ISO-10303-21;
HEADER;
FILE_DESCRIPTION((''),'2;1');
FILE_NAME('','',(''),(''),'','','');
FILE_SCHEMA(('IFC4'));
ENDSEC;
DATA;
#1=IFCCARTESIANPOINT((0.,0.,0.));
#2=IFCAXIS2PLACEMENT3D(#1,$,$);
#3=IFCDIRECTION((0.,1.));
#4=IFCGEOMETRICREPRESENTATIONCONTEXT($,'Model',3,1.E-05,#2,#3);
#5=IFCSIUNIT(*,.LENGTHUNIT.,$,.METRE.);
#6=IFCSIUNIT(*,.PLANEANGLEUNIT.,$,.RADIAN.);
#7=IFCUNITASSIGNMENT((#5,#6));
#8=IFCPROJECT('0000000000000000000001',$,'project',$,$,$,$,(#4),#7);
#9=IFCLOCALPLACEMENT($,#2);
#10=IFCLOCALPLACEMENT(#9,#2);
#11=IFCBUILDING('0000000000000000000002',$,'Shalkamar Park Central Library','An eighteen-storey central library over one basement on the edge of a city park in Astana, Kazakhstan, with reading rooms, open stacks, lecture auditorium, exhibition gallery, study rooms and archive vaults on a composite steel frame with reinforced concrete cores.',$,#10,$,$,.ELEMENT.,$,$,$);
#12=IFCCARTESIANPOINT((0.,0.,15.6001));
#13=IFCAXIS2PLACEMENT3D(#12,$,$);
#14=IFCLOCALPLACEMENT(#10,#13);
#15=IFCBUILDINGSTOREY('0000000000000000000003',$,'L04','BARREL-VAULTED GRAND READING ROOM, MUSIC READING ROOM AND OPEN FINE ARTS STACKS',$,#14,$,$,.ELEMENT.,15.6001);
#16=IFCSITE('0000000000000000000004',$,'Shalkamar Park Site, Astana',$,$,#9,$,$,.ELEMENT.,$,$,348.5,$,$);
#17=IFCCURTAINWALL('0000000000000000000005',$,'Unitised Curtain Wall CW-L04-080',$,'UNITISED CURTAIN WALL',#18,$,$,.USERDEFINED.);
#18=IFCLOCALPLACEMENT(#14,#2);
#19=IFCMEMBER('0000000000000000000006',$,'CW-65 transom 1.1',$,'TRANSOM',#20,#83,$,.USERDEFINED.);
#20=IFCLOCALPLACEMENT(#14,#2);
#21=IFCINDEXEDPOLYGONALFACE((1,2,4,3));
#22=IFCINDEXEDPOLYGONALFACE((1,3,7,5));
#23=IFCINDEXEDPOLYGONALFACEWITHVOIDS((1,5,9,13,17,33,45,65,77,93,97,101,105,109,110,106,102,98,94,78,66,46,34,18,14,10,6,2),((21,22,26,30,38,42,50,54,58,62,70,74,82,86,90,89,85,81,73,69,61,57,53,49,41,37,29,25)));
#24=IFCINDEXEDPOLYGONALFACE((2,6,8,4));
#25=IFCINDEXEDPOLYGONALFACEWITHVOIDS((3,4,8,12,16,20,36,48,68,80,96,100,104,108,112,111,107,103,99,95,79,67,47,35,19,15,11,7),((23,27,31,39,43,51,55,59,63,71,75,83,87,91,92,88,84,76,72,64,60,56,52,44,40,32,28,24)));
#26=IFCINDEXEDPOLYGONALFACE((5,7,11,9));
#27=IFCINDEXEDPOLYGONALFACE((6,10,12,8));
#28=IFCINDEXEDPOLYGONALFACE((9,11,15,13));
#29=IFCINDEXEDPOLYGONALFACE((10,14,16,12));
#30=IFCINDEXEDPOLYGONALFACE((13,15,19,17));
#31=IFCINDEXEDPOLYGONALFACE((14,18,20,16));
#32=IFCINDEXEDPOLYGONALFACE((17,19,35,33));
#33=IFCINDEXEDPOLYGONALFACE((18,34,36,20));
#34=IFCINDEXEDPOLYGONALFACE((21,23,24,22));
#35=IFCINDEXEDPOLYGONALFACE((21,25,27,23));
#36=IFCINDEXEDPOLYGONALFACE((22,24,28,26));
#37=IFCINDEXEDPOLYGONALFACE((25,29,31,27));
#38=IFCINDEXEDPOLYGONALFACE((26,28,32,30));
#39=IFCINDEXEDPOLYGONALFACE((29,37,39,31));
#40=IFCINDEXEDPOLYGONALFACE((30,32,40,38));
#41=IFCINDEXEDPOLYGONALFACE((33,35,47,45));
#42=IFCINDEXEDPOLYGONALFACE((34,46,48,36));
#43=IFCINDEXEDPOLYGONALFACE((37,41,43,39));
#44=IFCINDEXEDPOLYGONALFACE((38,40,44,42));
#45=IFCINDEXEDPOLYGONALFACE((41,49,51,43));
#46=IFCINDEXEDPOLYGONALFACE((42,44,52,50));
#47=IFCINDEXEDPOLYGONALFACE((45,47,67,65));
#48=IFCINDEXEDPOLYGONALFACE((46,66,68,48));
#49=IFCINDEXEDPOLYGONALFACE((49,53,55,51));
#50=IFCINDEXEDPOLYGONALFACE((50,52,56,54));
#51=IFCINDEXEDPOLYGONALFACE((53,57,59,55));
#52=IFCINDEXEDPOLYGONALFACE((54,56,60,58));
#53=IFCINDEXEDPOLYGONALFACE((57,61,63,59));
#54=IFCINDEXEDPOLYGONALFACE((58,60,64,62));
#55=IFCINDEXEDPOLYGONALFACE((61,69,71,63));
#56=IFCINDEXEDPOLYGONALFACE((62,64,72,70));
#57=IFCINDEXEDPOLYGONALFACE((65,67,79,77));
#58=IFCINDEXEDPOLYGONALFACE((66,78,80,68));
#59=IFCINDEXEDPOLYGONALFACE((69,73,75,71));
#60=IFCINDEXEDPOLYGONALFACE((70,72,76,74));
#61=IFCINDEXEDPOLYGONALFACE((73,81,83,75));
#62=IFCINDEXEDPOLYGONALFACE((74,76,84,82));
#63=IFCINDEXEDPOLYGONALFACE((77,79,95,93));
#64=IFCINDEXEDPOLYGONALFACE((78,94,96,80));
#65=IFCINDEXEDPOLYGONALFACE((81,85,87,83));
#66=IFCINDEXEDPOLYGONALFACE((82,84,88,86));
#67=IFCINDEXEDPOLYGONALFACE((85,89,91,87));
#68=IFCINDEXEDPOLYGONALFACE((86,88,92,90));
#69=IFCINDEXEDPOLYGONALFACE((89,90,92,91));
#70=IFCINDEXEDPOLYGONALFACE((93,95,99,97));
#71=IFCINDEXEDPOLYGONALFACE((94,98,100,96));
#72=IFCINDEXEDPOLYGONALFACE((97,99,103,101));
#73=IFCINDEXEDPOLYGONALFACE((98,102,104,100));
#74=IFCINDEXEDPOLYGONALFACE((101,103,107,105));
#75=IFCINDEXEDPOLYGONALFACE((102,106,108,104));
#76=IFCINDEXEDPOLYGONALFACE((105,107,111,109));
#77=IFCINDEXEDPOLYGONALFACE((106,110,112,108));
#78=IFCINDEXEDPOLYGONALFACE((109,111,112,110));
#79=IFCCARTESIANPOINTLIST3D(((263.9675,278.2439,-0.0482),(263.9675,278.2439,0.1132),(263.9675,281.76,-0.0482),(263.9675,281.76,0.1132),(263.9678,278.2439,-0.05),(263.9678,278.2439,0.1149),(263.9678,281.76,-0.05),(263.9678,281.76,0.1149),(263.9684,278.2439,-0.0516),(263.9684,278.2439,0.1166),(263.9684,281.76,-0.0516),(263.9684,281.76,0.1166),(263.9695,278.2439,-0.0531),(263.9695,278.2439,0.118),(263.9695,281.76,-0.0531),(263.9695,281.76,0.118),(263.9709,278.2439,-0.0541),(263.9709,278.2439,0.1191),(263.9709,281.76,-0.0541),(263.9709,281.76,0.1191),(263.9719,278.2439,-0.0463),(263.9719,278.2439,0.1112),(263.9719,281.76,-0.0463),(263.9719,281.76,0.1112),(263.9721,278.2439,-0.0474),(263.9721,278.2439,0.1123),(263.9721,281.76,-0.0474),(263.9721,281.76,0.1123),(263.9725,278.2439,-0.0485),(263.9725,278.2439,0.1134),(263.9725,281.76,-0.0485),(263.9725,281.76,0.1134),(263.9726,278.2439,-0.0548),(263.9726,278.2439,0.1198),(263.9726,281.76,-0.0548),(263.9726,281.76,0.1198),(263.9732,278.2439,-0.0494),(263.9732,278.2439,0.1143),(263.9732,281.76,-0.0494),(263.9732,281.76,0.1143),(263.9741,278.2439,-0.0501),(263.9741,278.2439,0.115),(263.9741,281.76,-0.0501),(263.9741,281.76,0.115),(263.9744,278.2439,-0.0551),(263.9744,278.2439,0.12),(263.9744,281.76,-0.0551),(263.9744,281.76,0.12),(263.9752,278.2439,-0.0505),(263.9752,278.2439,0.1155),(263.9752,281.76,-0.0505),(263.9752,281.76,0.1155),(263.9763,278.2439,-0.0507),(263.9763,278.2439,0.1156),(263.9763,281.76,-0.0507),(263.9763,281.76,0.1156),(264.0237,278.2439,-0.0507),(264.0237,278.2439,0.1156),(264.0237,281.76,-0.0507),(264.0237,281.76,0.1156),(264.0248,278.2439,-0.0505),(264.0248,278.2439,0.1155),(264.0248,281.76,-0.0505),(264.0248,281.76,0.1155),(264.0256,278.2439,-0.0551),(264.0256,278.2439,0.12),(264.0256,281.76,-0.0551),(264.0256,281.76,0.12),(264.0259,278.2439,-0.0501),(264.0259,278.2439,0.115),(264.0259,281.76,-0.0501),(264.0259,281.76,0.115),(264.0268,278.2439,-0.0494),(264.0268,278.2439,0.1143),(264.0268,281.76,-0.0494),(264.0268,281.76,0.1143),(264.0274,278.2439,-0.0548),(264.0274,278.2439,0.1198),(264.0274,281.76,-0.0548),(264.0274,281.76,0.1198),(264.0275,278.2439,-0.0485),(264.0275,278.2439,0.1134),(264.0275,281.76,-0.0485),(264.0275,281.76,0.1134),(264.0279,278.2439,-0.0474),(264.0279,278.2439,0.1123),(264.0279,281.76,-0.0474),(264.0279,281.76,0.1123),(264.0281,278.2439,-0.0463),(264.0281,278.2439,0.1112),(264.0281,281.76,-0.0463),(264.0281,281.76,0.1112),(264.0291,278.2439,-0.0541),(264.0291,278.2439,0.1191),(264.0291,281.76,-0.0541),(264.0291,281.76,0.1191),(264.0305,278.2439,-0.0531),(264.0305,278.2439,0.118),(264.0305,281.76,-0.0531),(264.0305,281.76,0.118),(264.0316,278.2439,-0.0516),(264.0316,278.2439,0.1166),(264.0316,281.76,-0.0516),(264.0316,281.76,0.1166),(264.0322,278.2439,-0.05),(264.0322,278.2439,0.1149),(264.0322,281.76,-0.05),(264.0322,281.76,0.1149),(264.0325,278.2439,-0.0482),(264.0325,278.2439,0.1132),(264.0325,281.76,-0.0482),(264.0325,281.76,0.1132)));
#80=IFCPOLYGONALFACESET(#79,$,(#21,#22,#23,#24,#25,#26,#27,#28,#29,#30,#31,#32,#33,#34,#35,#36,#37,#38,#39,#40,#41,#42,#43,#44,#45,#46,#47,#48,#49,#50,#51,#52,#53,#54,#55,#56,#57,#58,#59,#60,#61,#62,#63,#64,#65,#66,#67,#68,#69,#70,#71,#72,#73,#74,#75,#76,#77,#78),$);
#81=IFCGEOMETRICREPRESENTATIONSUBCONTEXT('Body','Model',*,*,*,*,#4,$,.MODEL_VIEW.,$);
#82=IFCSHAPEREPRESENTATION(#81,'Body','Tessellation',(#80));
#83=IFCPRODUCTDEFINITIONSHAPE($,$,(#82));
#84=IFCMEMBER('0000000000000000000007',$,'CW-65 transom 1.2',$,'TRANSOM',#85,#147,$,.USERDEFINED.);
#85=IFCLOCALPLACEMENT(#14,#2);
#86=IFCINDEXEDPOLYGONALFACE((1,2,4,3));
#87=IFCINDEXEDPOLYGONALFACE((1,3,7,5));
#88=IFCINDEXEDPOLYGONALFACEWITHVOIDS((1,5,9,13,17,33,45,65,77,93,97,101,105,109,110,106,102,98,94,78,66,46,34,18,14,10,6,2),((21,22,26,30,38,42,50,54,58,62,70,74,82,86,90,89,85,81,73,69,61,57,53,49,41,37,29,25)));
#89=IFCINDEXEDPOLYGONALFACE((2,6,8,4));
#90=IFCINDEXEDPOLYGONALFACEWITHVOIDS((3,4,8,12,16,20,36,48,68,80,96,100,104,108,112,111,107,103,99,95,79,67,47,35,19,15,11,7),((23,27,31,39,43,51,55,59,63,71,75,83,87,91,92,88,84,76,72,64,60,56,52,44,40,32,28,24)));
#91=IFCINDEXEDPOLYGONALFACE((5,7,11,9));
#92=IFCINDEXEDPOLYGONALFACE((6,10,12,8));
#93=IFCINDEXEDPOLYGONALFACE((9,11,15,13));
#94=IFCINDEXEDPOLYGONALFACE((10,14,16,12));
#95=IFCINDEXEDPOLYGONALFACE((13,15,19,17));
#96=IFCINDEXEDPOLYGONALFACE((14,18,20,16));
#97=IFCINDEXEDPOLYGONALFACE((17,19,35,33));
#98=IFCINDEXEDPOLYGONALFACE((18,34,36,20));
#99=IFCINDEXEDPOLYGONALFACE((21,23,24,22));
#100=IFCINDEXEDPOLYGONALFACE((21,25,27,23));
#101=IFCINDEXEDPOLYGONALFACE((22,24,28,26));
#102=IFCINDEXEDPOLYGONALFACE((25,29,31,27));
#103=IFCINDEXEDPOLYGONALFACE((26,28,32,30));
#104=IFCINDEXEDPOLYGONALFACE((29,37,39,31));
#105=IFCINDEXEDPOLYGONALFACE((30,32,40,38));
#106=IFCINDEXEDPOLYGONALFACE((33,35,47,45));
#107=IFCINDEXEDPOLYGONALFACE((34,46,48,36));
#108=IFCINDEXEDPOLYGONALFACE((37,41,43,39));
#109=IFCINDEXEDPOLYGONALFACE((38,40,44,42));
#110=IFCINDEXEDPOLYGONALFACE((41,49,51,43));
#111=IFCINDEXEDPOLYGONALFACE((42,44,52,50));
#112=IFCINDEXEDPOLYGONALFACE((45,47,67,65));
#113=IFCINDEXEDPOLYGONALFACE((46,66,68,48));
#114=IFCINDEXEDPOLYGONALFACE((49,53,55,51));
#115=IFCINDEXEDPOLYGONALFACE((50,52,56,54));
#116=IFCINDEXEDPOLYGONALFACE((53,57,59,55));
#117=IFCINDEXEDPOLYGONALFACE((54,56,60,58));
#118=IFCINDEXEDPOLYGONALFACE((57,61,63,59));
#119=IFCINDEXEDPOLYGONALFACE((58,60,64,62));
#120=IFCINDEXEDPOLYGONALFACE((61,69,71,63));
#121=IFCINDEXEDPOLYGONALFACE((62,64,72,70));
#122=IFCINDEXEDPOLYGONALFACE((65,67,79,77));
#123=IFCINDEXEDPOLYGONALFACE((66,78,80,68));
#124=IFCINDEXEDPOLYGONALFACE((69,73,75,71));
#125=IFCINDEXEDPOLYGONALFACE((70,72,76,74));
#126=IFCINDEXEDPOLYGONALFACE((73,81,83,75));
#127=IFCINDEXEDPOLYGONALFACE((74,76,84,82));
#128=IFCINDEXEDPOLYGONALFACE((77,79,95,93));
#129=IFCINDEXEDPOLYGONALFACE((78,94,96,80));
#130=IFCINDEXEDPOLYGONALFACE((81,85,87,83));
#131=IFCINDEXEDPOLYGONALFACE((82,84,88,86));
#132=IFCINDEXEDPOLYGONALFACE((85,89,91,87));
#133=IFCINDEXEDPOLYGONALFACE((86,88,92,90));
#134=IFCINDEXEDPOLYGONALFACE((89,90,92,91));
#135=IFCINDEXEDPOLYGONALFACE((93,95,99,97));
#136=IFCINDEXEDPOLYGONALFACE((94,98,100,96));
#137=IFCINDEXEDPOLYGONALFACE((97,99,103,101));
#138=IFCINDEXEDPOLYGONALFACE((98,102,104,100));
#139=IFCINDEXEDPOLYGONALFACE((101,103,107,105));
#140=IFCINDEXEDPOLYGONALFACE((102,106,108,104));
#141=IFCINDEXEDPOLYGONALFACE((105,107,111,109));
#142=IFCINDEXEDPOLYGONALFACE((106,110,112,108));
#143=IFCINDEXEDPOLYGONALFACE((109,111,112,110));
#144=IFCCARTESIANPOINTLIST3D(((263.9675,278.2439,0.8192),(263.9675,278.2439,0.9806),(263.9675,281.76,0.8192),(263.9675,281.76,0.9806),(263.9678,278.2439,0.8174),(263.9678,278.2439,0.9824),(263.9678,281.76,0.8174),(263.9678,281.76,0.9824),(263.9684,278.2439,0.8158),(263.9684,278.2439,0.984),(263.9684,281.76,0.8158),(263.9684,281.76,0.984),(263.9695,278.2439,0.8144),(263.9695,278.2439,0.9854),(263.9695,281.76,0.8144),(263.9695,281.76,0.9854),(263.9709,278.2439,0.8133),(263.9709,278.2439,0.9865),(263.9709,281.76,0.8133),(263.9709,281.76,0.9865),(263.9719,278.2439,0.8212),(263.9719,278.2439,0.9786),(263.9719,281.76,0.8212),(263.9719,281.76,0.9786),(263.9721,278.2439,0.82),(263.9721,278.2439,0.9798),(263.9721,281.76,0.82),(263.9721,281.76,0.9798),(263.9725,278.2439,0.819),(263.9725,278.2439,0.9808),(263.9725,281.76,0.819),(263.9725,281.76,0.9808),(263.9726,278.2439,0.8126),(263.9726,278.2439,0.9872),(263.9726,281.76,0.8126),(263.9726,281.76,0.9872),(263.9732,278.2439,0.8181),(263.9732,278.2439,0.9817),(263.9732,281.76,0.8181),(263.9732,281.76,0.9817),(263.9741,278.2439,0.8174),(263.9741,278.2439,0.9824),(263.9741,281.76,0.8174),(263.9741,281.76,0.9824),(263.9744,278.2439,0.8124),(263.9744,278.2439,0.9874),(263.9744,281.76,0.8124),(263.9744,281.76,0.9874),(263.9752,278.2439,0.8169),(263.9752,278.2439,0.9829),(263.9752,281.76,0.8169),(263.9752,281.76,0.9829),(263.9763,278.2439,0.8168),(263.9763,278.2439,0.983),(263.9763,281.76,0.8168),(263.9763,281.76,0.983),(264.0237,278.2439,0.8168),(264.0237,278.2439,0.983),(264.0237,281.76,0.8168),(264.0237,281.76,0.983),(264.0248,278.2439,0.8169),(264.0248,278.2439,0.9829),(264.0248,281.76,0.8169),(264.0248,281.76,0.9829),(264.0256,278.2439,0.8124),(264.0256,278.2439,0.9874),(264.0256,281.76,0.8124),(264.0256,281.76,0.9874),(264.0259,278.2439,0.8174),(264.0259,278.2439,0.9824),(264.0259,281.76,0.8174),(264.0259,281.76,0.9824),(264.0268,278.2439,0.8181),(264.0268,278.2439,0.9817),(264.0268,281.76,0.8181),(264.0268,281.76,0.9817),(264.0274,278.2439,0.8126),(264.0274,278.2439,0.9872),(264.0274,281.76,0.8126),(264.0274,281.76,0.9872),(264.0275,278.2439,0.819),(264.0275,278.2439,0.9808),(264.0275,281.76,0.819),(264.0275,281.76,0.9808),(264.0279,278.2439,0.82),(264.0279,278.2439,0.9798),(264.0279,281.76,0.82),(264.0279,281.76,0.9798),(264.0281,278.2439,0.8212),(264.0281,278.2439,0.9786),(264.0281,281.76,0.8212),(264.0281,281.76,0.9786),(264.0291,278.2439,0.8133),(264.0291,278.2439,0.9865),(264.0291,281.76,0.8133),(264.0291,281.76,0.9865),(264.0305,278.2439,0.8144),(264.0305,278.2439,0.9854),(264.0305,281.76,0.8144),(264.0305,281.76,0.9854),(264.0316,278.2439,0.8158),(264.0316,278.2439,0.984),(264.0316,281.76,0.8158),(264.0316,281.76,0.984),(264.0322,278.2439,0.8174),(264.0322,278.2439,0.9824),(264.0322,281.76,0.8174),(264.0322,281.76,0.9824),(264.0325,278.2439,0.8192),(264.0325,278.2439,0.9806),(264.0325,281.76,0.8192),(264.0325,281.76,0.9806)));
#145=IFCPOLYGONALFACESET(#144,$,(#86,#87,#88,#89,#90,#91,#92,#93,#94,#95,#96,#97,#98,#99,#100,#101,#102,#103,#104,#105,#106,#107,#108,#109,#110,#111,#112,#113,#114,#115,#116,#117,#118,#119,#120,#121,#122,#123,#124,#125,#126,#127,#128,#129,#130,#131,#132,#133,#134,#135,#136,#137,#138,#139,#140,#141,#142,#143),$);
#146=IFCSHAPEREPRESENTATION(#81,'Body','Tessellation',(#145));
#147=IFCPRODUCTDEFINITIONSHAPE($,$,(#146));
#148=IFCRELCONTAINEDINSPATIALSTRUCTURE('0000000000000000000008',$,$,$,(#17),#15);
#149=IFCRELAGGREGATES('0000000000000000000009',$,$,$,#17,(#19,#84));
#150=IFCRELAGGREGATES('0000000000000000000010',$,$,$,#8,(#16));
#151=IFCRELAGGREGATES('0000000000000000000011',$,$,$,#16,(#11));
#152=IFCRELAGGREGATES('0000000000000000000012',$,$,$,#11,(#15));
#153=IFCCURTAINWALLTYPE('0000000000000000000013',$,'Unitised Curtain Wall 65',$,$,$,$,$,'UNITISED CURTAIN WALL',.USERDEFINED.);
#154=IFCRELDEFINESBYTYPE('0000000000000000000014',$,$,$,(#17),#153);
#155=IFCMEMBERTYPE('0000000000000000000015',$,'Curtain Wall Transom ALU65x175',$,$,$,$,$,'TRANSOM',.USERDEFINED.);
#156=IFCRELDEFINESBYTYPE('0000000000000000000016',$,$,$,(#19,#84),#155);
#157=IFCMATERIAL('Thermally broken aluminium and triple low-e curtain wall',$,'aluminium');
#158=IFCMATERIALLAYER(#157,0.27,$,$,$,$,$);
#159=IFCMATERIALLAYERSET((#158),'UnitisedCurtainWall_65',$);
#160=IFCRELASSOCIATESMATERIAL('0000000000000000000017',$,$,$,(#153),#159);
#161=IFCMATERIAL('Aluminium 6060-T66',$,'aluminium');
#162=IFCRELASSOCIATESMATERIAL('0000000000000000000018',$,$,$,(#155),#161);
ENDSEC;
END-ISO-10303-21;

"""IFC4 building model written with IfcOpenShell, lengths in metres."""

from ifc_helpers import new_model, si_unit, direction, frame, origin, origin_2d, place, context, subcontext, project, spatial, hollow_rectangle, extrude, material, layer, layer_set, material_profile, profile_set, type_object, element, aggregate, save


model = new_model("IFC4")

# Units and contexts
model_context = context("Model", 3, precision=1e-05, world=origin(), true_north=direction((0.0, 1.0)))
body_context = subcontext(model_context, "Body", "Model", "MODEL_VIEW")
ifc_project = project(units=[si_unit("LENGTHUNIT", "METRE"), si_unit("PLANEANGLEUNIT", "RADIAN")], contexts=[model_context])

# Site, building, storey
site_placement = place(None, origin())
site = spatial("IfcSite", under=ifc_project, at=site_placement, Name="Shalkamar Park Site, Astana", CompositionType="ELEMENT", RefElevation=348.5)
building_placement = place(site_placement, origin())
building = spatial("IfcBuilding", under=site, at=building_placement, Name="Shalkamar Park Central Library", Description="An eighteen-storey central library over one basement on the edge of a city park in Astana, Kazakhstan, with reading rooms, open stacks, lecture auditorium, exhibition gallery, study rooms and archive vaults on a composite steel frame with reinforced concrete cores.", CompositionType="ELEMENT")
storey_placement = place(building_placement, frame((0.0, 0.0, 15.6001)))
storey = spatial("IfcBuildingStorey", under=building, at=storey_placement, Name="L04", Description="BARREL-VAULTED GRAND READING ROOM, MUSIC READING ROOM AND OPEN FINE ARTS STACKS", CompositionType="ELEMENT", Elevation=15.6001)

# Curtain wall, members
ifc_material_1 = material(Name="Thermally broken aluminium and triple low-e curtain wall", Category="aluminium")
ifc_layer_1 = layer(ifc_material_1, 0.27)
ifc_layer_set_1 = layer_set([ifc_layer_1], Name="UnitisedCurtainWall_65")
curtain_wall_type = type_object("IfcCurtainWallType", Name="Unitised Curtain Wall 65", ElementType="UNITISED CURTAIN WALL", PredefinedType="USERDEFINED", material=ifc_layer_set_1)
curtain_wall_placement = place(storey_placement, origin())
curtain_wall = element("IfcCurtainWall", 1, at=curtain_wall_placement, inside=storey, type_object=curtain_wall_type, Name="Unitised Curtain Wall CW-L04-080", ObjectType="UNITISED CURTAIN WALL", PredefinedType="USERDEFINED")
ifc_material_2 = material(Name="Aluminium 6060-T66", Category="aluminium")
ifc_material_profile_1 = material_profile(ifc_material_2, hollow_rectangle(XDim=0.0649, YDim=0.175, WallThickness=0.0044, InnerFilletRadius=0.0044, OuterFilletRadius=0.0068, at=origin_2d()), Name="ALU 65x175x4.5")
ifc_profile_set_1 = profile_set([ifc_material_profile_1], Name="Aluminium 6060-T66")
member_type_1 = type_object("IfcMemberType", Name="Curtain Wall Transom ALU65x175", ElementType="TRANSOM", PredefinedType="USERDEFINED", material=ifc_profile_set_1)
member_1_placement = place(storey_placement, frame((264.0, 278.2439, 0.0325), z_axis=(0.0, 1.0, 0.0), x_axis=(-1.0, 0.0, 0.0)))
member_1 = element("IfcMember", 2, at=member_1_placement, type_object=member_type_1, Name="CW-65 transom 1.1", ObjectType="TRANSOM", PredefinedType="USERDEFINED", context=body_context, shape_type="SweptSolid", body=[
    extrude(hollow_rectangle(XDim=0.0649, YDim=0.175, WallThickness=0.0044, InnerFilletRadius=0.0044, OuterFilletRadius=0.0068, at=origin_2d()), origin(), (0.0, 0.0, 1.0), 3.5161),
])
member_2_placement = place(storey_placement, frame((264.0, 278.2439, 0.8999), z_axis=(0.0, 1.0, 0.0), x_axis=(-1.0, 0.0, 0.0)))
member_2 = element("IfcMember", 3, at=member_2_placement, type_object=member_type_1, Name="CW-65 transom 1.2", ObjectType="TRANSOM", PredefinedType="USERDEFINED", context=body_context, shape_type="SweptSolid", body=[
    extrude(hollow_rectangle(XDim=0.0649, YDim=0.175, WallThickness=0.0044, InnerFilletRadius=0.0044, OuterFilletRadius=0.0068, at=origin_2d()), origin(), (0.0, 0.0, 1.0), 3.5161),
])

aggregate(curtain_wall, [member_1, member_2])

save(model, "model.ifc")
